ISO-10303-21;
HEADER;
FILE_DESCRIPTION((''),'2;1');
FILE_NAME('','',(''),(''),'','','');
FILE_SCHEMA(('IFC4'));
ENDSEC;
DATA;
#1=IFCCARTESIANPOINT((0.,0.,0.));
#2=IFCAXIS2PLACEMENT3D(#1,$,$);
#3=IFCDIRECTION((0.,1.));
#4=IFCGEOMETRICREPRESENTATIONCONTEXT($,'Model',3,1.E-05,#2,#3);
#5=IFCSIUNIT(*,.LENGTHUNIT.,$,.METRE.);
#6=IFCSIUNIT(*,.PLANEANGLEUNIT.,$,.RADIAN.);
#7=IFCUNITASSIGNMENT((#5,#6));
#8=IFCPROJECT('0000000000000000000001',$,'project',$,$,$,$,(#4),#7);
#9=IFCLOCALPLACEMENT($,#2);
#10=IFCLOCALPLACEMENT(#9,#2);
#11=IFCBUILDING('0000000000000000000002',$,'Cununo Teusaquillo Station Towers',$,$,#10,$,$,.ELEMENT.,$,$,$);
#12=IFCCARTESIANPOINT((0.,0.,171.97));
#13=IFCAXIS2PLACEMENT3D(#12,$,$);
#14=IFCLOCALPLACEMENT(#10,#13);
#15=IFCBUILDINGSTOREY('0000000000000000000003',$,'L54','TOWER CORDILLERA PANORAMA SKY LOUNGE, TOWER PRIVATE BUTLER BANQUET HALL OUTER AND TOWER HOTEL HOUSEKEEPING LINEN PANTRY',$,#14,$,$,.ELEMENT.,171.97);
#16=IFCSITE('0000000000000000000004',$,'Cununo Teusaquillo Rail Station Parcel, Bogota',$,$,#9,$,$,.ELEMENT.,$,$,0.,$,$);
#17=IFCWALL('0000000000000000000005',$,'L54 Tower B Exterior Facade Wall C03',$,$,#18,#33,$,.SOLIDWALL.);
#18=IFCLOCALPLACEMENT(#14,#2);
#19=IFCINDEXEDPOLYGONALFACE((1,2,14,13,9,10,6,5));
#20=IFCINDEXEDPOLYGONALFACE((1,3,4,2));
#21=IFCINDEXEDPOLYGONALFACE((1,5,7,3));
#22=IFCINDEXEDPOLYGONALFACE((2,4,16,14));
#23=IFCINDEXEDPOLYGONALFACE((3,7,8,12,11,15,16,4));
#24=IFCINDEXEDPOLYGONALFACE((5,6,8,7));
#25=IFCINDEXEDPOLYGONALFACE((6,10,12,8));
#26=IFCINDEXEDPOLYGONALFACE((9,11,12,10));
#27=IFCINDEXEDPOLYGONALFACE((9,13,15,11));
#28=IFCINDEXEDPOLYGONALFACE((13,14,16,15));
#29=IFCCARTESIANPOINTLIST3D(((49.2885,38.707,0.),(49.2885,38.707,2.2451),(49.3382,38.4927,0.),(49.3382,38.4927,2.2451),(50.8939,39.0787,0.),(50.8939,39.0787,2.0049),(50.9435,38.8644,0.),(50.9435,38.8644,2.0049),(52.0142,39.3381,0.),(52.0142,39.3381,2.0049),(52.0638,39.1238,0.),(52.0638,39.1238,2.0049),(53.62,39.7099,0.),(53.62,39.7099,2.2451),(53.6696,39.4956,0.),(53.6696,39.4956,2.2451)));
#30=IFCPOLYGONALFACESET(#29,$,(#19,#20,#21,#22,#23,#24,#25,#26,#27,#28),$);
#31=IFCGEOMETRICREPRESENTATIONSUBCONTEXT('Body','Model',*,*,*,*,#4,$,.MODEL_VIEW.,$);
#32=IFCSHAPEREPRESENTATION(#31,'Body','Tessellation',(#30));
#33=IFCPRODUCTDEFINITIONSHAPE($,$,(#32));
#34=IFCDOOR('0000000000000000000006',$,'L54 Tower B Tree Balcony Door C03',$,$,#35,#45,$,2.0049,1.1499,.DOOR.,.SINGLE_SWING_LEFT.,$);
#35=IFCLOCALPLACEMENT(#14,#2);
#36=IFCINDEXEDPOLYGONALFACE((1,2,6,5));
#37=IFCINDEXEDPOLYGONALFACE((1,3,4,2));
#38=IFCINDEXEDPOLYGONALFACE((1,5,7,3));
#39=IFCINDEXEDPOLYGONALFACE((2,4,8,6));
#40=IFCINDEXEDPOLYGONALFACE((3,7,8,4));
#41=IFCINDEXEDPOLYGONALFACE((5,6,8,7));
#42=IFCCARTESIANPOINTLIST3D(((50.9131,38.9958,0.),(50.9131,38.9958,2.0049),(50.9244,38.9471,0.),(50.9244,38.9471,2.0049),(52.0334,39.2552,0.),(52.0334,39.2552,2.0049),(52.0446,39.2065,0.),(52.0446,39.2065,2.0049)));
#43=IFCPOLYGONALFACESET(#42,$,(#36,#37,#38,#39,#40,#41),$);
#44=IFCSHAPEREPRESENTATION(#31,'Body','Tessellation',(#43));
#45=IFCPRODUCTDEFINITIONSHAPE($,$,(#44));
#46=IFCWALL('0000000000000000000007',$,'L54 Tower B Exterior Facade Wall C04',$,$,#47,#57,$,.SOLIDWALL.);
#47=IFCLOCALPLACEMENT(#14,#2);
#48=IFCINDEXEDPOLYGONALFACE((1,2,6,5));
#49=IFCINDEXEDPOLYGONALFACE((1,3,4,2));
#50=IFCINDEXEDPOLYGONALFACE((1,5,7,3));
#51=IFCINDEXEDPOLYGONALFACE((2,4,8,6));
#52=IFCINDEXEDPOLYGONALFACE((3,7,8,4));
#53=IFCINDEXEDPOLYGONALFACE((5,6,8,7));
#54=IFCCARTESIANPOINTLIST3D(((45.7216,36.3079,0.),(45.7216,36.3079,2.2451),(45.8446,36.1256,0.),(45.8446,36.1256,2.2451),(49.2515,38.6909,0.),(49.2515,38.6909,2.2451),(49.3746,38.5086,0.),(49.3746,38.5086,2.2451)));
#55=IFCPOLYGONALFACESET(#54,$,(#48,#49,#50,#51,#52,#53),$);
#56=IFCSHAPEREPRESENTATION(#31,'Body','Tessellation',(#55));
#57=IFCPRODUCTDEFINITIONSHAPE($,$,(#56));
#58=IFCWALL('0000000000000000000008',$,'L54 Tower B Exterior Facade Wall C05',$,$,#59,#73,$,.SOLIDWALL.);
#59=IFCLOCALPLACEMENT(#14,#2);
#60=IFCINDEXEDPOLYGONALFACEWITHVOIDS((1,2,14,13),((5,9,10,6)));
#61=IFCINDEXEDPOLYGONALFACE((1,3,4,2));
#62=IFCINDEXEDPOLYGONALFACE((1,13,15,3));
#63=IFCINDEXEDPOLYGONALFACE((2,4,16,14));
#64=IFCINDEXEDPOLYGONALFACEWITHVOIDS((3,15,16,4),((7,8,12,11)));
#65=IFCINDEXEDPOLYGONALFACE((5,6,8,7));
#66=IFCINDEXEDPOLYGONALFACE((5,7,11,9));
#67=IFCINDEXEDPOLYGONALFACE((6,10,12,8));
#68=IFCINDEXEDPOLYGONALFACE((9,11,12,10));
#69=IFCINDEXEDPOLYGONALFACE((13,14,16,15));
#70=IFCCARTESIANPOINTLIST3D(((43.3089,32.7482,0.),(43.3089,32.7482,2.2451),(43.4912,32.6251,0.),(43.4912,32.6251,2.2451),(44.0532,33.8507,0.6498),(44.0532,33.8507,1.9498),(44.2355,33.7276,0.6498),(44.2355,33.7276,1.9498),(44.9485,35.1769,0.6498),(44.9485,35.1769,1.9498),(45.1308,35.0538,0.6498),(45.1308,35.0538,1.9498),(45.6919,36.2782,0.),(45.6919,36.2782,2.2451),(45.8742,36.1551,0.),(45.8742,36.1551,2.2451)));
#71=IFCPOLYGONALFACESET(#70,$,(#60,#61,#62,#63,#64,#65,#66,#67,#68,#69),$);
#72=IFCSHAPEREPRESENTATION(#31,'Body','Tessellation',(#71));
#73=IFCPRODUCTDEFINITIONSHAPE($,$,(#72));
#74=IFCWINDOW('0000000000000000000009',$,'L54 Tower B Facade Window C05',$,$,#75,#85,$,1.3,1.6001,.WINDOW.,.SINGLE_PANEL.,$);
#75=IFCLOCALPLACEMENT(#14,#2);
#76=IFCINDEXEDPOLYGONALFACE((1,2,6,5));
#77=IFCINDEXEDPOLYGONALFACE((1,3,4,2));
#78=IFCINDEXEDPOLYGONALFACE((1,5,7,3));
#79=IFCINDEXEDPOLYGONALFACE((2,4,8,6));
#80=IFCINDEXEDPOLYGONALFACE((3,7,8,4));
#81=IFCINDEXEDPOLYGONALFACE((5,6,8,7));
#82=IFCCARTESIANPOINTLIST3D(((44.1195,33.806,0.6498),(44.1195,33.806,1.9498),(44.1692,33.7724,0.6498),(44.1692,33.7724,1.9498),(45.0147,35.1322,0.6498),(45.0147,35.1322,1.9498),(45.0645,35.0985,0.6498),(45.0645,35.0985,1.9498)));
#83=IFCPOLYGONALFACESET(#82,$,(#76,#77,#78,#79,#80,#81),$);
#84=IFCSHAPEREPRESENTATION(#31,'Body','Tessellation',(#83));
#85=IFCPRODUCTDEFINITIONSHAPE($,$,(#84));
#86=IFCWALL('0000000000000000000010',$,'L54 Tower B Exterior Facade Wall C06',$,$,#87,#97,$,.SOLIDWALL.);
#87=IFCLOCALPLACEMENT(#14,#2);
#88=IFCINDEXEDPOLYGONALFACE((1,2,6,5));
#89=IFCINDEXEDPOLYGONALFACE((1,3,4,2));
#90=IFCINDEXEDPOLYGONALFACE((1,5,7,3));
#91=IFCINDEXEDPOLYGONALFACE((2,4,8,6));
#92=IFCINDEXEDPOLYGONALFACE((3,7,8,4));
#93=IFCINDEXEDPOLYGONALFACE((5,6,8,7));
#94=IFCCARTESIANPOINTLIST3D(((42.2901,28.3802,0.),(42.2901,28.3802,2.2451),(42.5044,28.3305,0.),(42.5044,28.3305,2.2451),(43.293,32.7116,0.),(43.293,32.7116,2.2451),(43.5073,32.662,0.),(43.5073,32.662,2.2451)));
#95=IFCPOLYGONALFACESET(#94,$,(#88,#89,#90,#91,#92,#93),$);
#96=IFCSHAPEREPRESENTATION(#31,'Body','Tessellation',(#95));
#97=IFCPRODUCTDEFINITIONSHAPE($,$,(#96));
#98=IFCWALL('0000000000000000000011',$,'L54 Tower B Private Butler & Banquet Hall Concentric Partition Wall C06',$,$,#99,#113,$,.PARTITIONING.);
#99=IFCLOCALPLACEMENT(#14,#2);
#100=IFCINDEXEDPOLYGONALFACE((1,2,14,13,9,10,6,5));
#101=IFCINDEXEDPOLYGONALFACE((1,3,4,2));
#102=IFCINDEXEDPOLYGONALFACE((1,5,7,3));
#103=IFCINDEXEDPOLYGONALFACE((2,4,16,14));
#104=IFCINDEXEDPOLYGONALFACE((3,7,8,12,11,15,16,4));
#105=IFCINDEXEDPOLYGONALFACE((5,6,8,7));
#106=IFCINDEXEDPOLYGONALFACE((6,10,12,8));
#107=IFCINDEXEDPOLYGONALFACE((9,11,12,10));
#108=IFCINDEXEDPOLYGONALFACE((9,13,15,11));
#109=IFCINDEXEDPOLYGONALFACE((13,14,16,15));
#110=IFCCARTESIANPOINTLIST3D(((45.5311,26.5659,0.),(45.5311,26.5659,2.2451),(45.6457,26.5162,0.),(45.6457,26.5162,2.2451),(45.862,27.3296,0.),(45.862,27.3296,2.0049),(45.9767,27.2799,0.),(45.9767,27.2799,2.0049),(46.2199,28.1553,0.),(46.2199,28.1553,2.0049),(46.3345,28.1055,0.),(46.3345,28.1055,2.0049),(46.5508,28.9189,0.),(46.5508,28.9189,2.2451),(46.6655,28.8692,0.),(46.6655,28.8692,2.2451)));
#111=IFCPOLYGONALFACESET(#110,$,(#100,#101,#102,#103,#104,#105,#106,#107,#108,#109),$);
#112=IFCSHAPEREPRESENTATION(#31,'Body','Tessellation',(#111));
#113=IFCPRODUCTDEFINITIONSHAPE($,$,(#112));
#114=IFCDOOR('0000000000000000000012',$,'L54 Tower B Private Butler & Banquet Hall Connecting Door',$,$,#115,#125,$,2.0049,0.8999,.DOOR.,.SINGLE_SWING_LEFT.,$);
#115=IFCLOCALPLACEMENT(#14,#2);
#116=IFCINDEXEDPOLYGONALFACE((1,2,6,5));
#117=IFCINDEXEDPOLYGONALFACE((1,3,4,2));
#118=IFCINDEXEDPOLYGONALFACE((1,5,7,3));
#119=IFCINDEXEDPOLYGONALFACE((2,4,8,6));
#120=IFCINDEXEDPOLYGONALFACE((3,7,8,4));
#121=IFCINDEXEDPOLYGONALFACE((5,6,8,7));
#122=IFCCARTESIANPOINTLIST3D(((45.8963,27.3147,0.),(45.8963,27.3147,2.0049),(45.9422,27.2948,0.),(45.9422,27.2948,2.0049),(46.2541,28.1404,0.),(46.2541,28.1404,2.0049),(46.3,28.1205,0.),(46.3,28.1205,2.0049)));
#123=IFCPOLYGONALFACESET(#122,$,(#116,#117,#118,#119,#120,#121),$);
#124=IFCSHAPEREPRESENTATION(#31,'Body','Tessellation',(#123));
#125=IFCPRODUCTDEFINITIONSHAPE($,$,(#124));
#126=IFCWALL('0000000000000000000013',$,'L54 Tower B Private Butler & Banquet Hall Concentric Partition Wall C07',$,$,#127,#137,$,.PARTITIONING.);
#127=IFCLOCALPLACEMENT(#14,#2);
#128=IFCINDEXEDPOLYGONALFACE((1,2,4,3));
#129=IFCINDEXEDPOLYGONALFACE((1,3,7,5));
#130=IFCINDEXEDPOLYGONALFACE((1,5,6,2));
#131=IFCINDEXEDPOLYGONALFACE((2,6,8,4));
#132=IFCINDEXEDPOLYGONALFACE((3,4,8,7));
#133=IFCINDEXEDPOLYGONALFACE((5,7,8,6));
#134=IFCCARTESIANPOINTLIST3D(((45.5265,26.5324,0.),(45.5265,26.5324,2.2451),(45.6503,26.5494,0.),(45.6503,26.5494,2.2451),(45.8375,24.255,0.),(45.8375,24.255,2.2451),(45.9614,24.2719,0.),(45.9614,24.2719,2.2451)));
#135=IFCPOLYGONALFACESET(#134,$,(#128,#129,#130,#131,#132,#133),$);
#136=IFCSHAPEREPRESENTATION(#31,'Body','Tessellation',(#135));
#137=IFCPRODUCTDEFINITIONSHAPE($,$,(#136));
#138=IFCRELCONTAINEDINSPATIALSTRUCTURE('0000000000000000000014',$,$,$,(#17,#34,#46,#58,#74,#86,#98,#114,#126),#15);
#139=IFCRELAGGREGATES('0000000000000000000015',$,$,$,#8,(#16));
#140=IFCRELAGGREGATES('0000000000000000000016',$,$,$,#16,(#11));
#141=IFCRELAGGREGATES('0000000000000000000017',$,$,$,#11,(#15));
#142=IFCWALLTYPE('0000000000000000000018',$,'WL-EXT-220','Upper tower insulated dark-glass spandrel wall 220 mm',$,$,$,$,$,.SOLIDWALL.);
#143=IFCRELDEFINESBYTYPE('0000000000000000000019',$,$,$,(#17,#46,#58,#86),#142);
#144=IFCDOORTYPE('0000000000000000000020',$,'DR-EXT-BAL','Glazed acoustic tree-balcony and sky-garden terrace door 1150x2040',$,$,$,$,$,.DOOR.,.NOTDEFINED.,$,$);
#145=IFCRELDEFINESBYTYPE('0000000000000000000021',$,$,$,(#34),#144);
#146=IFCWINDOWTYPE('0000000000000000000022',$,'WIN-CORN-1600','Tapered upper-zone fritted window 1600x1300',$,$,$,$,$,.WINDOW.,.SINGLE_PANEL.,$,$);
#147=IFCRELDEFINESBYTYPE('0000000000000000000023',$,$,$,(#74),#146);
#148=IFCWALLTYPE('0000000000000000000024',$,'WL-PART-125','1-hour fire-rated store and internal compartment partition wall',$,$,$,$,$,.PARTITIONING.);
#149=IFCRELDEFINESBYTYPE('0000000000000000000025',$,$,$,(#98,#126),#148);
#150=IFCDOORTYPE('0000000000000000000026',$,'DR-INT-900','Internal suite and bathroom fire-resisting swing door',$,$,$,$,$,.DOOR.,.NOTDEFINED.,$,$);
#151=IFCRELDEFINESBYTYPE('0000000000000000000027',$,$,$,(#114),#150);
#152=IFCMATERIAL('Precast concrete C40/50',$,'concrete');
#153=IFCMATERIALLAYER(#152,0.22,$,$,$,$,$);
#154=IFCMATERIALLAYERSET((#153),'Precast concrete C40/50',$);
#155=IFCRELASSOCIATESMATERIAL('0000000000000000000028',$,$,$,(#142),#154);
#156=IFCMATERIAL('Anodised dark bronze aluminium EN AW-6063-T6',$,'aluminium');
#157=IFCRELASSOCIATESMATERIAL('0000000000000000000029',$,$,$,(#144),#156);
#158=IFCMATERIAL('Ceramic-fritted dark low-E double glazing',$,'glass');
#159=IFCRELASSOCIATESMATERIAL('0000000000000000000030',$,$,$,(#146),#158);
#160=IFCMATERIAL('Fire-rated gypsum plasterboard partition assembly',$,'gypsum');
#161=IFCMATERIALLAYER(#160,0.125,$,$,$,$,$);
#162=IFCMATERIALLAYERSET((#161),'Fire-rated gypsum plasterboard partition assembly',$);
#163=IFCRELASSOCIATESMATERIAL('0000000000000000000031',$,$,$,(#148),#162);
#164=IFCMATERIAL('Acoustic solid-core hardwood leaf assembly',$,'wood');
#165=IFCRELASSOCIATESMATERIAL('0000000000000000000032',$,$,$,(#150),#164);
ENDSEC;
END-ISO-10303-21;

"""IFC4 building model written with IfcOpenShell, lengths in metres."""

from ifc_helpers import new_model, si_unit, direction, frame, frame_2d, origin, place, context, subcontext, project, spatial, rectangle, extrude, source, transform, mapped, material, layer, layer_set, type_object, element, fill, save


model = new_model("IFC4")

# Units and contexts
model_context = context("Model", 3, precision=1e-05, world=origin(), true_north=direction((0.0, 1.0)))
body_context = subcontext(model_context, "Body", "Model", "MODEL_VIEW")
ifc_project = project(units=[si_unit("LENGTHUNIT", "METRE"), si_unit("PLANEANGLEUNIT", "RADIAN")], contexts=[model_context])

# Site, building, storey
site_placement = place(None, origin())
site = spatial("IfcSite", under=ifc_project, at=site_placement, Name="Cununo Teusaquillo Rail Station Parcel, Bogota", CompositionType="ELEMENT", RefElevation=0.0)
building_placement = place(site_placement, origin())
building = spatial("IfcBuilding", under=site, at=building_placement, Name="Cununo Teusaquillo Station Towers", CompositionType="ELEMENT")
storey_placement = place(building_placement, frame((0.0, 0.0, 171.97)))
storey = spatial("IfcBuildingStorey", under=building, at=storey_placement, Name="L54", Description="TOWER CORDILLERA PANORAMA SKY LOUNGE, TOWER PRIVATE BUTLER BANQUET HALL OUTER AND TOWER HOTEL HOUSEKEEPING LINEN PANTRY", CompositionType="ELEMENT", Elevation=171.97)

# Wall, opening, door
ifc_material_1 = material(Name="Precast concrete C40/50", Category="concrete")
ifc_layer_1 = layer(ifc_material_1, 0.22)
ifc_layer_set_1 = layer_set([ifc_layer_1], Name="Precast concrete C40/50")
wall_type_1 = type_object("IfcWallType", Name="WL-EXT-220", Description="Upper tower insulated dark-glass spandrel wall 220 mm", PredefinedType="SOLIDWALL", material=ifc_layer_set_1)
wall_1_placement = place(storey_placement, frame((49.3132, 38.5999, 0.0), z_axis=(0.0, 0.0, 1.0), x_axis=(0.974226, 0.225573, 0.0)))
wall_1 = element("IfcWall", 1, at=wall_1_placement, inside=storey, type_object=wall_type_1, Name="L54 Tower B Exterior Facade Wall C03", PredefinedType="SOLIDWALL", context=body_context, shape_type="SweptSolid", body=[
    extrude(rectangle(XDim=4.446, YDim=0.22, at=frame_2d((2.2231, 0.0))), origin(), (0.0, 0.0, 1.0), 2.2451),
])
shared_shape_1 = source(origin(), body_context, "Body", "SweptSolid", [
    extrude(rectangle(XDim=1.1499, YDim=2.0049, at=frame_2d((0.575, 1.0024))), frame((0.0, 0.1199, 0.0), z_axis=(0.0, -1.0, 0.0), x_axis=(1.0, 0.0, 0.0)), (0.0, 0.0, 1.0), 0.24),
])
opening_1_placement = place(wall_1_placement, frame((1.6479, 0.0, 0.0)))
opening_1 = element("IfcOpeningElement", 2, at=opening_1_placement, cuts=wall_1, PredefinedType="OPENING", context=body_context, shape_type="MappedRepresentation", body=[
    mapped(shared_shape_1, transform((0.0, 0.0, 0.0), x_axis=(1.0, 0.0, 0.0), y_axis=(0.0, 1.0, 0.0), z_axis=(0.0, 0.0, 1.0), scale=1.0)),
])
ifc_material_2 = material(Name="Anodised dark bronze aluminium EN AW-6063-T6", Category="aluminium")
door_type_1 = type_object("IfcDoorType", Name="DR-EXT-BAL", Description="Glazed acoustic tree-balcony and sky-garden terrace door 1150x2040", OperationType="NOTDEFINED", PredefinedType="DOOR", material=ifc_material_2)
shared_shape_2 = source(origin(), body_context, "Body", "SweptSolid", [
    extrude(rectangle(XDim=1.1499, YDim=2.0049, at=frame_2d((0.575, 1.0024))), frame((0.0, 0.0249, 0.0), z_axis=(0.0, -1.0, 0.0), x_axis=(1.0, 0.0, 0.0)), (0.0, 0.0, 1.0), 0.05),
])
door_1_placement = place(opening_1_placement, origin())
door_1 = element("IfcDoor", 3, at=door_1_placement, inside=storey, type_object=door_type_1, Name="L54 Tower B Tree Balcony Door C03", OperationType="SINGLE_SWING_LEFT", OverallHeight=2.0049, OverallWidth=1.1499, PredefinedType="DOOR", context=body_context, shape_type="MappedRepresentation", body=[
    mapped(shared_shape_2, transform((0.0, 0.0, 0.0), x_axis=(1.0, 0.0, 0.0), y_axis=(0.0, 1.0, 0.0), z_axis=(0.0, 0.0, 1.0), scale=1.0)),
])
fill(opening_1, door_1)

# Wall
wall_2_placement = place(storey_placement, frame((45.7832, 36.2168, 0.0), z_axis=(0.0, 0.0, 1.0), x_axis=(0.828817, 0.559519, 0.0)))
element("IfcWall", 4, at=wall_2_placement, inside=storey, type_object=wall_type_1, Name="L54 Tower B Exterior Facade Wall C04", PredefinedType="SOLIDWALL", context=body_context, shape_type="SweptSolid", body=[
    extrude(rectangle(XDim=4.259, YDim=0.22, at=frame_2d((2.1294, 0.0))), origin(), (0.0, 0.0, 1.0), 2.2451),
])

# Wall, opening, window
wall_3_placement = place(storey_placement, frame((43.4001, 32.6868, 0.0), z_axis=(0.0, 0.0, 1.0), x_axis=(0.559519, 0.828817, 0.0)))
wall_3 = element("IfcWall", 5, at=wall_3_placement, inside=storey, type_object=wall_type_1, Name="L54 Tower B Exterior Facade Wall C05", PredefinedType="SOLIDWALL", context=body_context, shape_type="SweptSolid", body=[
    extrude(rectangle(XDim=4.259, YDim=0.22, at=frame_2d((2.1294, 0.0))), origin(), (0.0, 0.0, 1.0), 2.2451),
])
shared_shape_3 = source(origin(), body_context, "Body", "SweptSolid", [
    extrude(rectangle(XDim=1.6001, YDim=1.3, at=frame_2d((0.8, 0.6499))), frame((0.0, 0.1199, 0.0), z_axis=(0.0, -1.0, 0.0), x_axis=(1.0, 0.0, 0.0)), (0.0, 0.0, 1.0), 0.24),
])
opening_2_placement = place(wall_3_placement, frame((1.3301, 0.0, 0.6499)))
opening_2 = element("IfcOpeningElement", 6, at=opening_2_placement, cuts=wall_3, PredefinedType="OPENING", context=body_context, shape_type="MappedRepresentation", body=[
    mapped(shared_shape_3, transform((0.0, 0.0, 0.0), x_axis=(1.0, 0.0, 0.0), y_axis=(0.0, 1.0, 0.0), z_axis=(0.0, 0.0, 1.0), scale=1.0)),
])
ifc_material_3 = material(Name="Ceramic-fritted dark low-E double glazing", Category="glass")
window_type = type_object("IfcWindowType", Name="WIN-CORN-1600", Description="Tapered upper-zone fritted window 1600x1300", PartitioningType="SINGLE_PANEL", PredefinedType="WINDOW", material=ifc_material_3)
shared_shape_4 = source(origin(), body_context, "Body", "SweptSolid", [
    extrude(rectangle(XDim=1.6001, YDim=1.3, at=frame_2d((0.8, 0.6499))), frame((0.0, 0.03, 0.0), z_axis=(0.0, -1.0, 0.0), x_axis=(1.0, 0.0, 0.0)), (0.0, 0.0, 1.0), 0.0601),
])
window_placement = place(opening_2_placement, origin())
window = element("IfcWindow", 7, at=window_placement, inside=storey, type_object=window_type, Name="L54 Tower B Facade Window C05", OverallHeight=1.3, OverallWidth=1.6001, PartitioningType="SINGLE_PANEL", PredefinedType="WINDOW", context=body_context, shape_type="MappedRepresentation", body=[
    mapped(shared_shape_4, transform((0.0, 0.0, 0.0), x_axis=(1.0, 0.0, 0.0), y_axis=(0.0, 1.0, 0.0), z_axis=(0.0, 0.0, 1.0), scale=1.0)),
])
fill(opening_2, window)

# Wall
wall_4_placement = place(storey_placement, frame((42.3972, 28.3552, 0.0), z_axis=(0.0, 0.0, 1.0), x_axis=(0.225573, 0.974226, 0.0)))
element("IfcWall", 8, at=wall_4_placement, inside=storey, type_object=wall_type_1, Name="L54 Tower B Exterior Facade Wall C06", PredefinedType="SOLIDWALL", context=body_context, shape_type="SweptSolid", body=[
    extrude(rectangle(XDim=4.446, YDim=0.22, at=frame_2d((2.2231, 0.0))), origin(), (0.0, 0.0, 1.0), 2.2451),
])

# Wall, opening, door
ifc_material_4 = material(Name="Fire-rated gypsum plasterboard partition assembly", Category="gypsum")
ifc_layer_2 = layer(ifc_material_4, 0.125)
ifc_layer_set_2 = layer_set([ifc_layer_2], Name="Fire-rated gypsum plasterboard partition assembly")
wall_type_2 = type_object("IfcWallType", Name="WL-PART-125", Description="1-hour fire-rated store and internal compartment partition wall", PredefinedType="PARTITIONING", material=ifc_layer_set_2)
wall_5_placement = place(storey_placement, frame((46.6082, 28.894, 0.0), z_axis=(0.0, 0.0, 1.0), x_axis=(-0.39765, -0.917537, 0.0)))
wall_5 = element("IfcWall", 9, at=wall_5_placement, inside=storey, type_object=wall_type_2, Name="L54 Tower B Private Butler & Banquet Hall Concentric Partition Wall C06", PredefinedType="PARTITIONING", context=body_context, shape_type="SweptSolid", body=[
    extrude(rectangle(XDim=2.5645, YDim=0.125, at=frame_2d((1.2822, 0.0))), origin(), (0.0, 0.0, 1.0), 2.2451),
])
shared_shape_5 = source(origin(), body_context, "Body", "SweptSolid", [
    extrude(rectangle(XDim=0.8999, YDim=2.0049, at=frame_2d((0.45, 1.0024))), frame((0.0, 0.0725, 0.0), z_axis=(0.0, -1.0, 0.0), x_axis=(1.0, 0.0, 0.0)), (0.0, 0.0, 1.0), 0.145),
])
opening_3_placement = place(wall_5_placement, frame((0.8323, 0.0, 0.0)))
opening_3 = element("IfcOpeningElement", 10, at=opening_3_placement, cuts=wall_5, PredefinedType="OPENING", context=body_context, shape_type="MappedRepresentation", body=[
    mapped(shared_shape_5, transform((0.0, 0.0, 0.0), x_axis=(1.0, 0.0, 0.0), y_axis=(0.0, 1.0, 0.0), z_axis=(0.0, 0.0, 1.0), scale=1.0)),
])
ifc_material_5 = material(Name="Acoustic solid-core hardwood leaf assembly", Category="wood")
door_type_2 = type_object("IfcDoorType", Name="DR-INT-900", Description="Internal suite and bathroom fire-resisting swing door", OperationType="NOTDEFINED", PredefinedType="DOOR", material=ifc_material_5)
shared_shape_6 = source(origin(), body_context, "Body", "SweptSolid", [
    extrude(rectangle(XDim=0.8999, YDim=2.0049, at=frame_2d((0.45, 1.0024))), frame((0.0, 0.0249, 0.0), z_axis=(0.0, -1.0, 0.0), x_axis=(1.0, 0.0, 0.0)), (0.0, 0.0, 1.0), 0.05),
])
door_2_placement = place(opening_3_placement, origin())
door_2 = element("IfcDoor", 11, at=door_2_placement, inside=storey, type_object=door_type_2, Name="L54 Tower B Private Butler & Banquet Hall Connecting Door", OperationType="SINGLE_SWING_LEFT", OverallHeight=2.0049, OverallWidth=0.8999, PredefinedType="DOOR", context=body_context, shape_type="MappedRepresentation", body=[
    mapped(shared_shape_6, transform((0.0, 0.0, 0.0), x_axis=(1.0, 0.0, 0.0), y_axis=(0.0, 1.0, 0.0), z_axis=(0.0, 0.0, 1.0), scale=1.0)),
])
fill(opening_3, door_2)

# Wall
wall_6_placement = place(storey_placement, frame((45.5884, 26.541, 0.0), z_axis=(0.0, 0.0, 1.0), x_axis=(0.135322, -0.990802, 0.0)))
element("IfcWall", 12, at=wall_6_placement, inside=storey, type_object=wall_type_2, Name="L54 Tower B Private Butler & Banquet Hall Concentric Partition Wall C07", PredefinedType="PARTITIONING", context=body_context, shape_type="SweptSolid", body=[
    extrude(rectangle(XDim=2.2986, YDim=0.125, at=frame_2d((1.1494, 0.0))), origin(), (0.0, 0.0, 1.0), 2.2451),
])

save(model, "model.ifc")
